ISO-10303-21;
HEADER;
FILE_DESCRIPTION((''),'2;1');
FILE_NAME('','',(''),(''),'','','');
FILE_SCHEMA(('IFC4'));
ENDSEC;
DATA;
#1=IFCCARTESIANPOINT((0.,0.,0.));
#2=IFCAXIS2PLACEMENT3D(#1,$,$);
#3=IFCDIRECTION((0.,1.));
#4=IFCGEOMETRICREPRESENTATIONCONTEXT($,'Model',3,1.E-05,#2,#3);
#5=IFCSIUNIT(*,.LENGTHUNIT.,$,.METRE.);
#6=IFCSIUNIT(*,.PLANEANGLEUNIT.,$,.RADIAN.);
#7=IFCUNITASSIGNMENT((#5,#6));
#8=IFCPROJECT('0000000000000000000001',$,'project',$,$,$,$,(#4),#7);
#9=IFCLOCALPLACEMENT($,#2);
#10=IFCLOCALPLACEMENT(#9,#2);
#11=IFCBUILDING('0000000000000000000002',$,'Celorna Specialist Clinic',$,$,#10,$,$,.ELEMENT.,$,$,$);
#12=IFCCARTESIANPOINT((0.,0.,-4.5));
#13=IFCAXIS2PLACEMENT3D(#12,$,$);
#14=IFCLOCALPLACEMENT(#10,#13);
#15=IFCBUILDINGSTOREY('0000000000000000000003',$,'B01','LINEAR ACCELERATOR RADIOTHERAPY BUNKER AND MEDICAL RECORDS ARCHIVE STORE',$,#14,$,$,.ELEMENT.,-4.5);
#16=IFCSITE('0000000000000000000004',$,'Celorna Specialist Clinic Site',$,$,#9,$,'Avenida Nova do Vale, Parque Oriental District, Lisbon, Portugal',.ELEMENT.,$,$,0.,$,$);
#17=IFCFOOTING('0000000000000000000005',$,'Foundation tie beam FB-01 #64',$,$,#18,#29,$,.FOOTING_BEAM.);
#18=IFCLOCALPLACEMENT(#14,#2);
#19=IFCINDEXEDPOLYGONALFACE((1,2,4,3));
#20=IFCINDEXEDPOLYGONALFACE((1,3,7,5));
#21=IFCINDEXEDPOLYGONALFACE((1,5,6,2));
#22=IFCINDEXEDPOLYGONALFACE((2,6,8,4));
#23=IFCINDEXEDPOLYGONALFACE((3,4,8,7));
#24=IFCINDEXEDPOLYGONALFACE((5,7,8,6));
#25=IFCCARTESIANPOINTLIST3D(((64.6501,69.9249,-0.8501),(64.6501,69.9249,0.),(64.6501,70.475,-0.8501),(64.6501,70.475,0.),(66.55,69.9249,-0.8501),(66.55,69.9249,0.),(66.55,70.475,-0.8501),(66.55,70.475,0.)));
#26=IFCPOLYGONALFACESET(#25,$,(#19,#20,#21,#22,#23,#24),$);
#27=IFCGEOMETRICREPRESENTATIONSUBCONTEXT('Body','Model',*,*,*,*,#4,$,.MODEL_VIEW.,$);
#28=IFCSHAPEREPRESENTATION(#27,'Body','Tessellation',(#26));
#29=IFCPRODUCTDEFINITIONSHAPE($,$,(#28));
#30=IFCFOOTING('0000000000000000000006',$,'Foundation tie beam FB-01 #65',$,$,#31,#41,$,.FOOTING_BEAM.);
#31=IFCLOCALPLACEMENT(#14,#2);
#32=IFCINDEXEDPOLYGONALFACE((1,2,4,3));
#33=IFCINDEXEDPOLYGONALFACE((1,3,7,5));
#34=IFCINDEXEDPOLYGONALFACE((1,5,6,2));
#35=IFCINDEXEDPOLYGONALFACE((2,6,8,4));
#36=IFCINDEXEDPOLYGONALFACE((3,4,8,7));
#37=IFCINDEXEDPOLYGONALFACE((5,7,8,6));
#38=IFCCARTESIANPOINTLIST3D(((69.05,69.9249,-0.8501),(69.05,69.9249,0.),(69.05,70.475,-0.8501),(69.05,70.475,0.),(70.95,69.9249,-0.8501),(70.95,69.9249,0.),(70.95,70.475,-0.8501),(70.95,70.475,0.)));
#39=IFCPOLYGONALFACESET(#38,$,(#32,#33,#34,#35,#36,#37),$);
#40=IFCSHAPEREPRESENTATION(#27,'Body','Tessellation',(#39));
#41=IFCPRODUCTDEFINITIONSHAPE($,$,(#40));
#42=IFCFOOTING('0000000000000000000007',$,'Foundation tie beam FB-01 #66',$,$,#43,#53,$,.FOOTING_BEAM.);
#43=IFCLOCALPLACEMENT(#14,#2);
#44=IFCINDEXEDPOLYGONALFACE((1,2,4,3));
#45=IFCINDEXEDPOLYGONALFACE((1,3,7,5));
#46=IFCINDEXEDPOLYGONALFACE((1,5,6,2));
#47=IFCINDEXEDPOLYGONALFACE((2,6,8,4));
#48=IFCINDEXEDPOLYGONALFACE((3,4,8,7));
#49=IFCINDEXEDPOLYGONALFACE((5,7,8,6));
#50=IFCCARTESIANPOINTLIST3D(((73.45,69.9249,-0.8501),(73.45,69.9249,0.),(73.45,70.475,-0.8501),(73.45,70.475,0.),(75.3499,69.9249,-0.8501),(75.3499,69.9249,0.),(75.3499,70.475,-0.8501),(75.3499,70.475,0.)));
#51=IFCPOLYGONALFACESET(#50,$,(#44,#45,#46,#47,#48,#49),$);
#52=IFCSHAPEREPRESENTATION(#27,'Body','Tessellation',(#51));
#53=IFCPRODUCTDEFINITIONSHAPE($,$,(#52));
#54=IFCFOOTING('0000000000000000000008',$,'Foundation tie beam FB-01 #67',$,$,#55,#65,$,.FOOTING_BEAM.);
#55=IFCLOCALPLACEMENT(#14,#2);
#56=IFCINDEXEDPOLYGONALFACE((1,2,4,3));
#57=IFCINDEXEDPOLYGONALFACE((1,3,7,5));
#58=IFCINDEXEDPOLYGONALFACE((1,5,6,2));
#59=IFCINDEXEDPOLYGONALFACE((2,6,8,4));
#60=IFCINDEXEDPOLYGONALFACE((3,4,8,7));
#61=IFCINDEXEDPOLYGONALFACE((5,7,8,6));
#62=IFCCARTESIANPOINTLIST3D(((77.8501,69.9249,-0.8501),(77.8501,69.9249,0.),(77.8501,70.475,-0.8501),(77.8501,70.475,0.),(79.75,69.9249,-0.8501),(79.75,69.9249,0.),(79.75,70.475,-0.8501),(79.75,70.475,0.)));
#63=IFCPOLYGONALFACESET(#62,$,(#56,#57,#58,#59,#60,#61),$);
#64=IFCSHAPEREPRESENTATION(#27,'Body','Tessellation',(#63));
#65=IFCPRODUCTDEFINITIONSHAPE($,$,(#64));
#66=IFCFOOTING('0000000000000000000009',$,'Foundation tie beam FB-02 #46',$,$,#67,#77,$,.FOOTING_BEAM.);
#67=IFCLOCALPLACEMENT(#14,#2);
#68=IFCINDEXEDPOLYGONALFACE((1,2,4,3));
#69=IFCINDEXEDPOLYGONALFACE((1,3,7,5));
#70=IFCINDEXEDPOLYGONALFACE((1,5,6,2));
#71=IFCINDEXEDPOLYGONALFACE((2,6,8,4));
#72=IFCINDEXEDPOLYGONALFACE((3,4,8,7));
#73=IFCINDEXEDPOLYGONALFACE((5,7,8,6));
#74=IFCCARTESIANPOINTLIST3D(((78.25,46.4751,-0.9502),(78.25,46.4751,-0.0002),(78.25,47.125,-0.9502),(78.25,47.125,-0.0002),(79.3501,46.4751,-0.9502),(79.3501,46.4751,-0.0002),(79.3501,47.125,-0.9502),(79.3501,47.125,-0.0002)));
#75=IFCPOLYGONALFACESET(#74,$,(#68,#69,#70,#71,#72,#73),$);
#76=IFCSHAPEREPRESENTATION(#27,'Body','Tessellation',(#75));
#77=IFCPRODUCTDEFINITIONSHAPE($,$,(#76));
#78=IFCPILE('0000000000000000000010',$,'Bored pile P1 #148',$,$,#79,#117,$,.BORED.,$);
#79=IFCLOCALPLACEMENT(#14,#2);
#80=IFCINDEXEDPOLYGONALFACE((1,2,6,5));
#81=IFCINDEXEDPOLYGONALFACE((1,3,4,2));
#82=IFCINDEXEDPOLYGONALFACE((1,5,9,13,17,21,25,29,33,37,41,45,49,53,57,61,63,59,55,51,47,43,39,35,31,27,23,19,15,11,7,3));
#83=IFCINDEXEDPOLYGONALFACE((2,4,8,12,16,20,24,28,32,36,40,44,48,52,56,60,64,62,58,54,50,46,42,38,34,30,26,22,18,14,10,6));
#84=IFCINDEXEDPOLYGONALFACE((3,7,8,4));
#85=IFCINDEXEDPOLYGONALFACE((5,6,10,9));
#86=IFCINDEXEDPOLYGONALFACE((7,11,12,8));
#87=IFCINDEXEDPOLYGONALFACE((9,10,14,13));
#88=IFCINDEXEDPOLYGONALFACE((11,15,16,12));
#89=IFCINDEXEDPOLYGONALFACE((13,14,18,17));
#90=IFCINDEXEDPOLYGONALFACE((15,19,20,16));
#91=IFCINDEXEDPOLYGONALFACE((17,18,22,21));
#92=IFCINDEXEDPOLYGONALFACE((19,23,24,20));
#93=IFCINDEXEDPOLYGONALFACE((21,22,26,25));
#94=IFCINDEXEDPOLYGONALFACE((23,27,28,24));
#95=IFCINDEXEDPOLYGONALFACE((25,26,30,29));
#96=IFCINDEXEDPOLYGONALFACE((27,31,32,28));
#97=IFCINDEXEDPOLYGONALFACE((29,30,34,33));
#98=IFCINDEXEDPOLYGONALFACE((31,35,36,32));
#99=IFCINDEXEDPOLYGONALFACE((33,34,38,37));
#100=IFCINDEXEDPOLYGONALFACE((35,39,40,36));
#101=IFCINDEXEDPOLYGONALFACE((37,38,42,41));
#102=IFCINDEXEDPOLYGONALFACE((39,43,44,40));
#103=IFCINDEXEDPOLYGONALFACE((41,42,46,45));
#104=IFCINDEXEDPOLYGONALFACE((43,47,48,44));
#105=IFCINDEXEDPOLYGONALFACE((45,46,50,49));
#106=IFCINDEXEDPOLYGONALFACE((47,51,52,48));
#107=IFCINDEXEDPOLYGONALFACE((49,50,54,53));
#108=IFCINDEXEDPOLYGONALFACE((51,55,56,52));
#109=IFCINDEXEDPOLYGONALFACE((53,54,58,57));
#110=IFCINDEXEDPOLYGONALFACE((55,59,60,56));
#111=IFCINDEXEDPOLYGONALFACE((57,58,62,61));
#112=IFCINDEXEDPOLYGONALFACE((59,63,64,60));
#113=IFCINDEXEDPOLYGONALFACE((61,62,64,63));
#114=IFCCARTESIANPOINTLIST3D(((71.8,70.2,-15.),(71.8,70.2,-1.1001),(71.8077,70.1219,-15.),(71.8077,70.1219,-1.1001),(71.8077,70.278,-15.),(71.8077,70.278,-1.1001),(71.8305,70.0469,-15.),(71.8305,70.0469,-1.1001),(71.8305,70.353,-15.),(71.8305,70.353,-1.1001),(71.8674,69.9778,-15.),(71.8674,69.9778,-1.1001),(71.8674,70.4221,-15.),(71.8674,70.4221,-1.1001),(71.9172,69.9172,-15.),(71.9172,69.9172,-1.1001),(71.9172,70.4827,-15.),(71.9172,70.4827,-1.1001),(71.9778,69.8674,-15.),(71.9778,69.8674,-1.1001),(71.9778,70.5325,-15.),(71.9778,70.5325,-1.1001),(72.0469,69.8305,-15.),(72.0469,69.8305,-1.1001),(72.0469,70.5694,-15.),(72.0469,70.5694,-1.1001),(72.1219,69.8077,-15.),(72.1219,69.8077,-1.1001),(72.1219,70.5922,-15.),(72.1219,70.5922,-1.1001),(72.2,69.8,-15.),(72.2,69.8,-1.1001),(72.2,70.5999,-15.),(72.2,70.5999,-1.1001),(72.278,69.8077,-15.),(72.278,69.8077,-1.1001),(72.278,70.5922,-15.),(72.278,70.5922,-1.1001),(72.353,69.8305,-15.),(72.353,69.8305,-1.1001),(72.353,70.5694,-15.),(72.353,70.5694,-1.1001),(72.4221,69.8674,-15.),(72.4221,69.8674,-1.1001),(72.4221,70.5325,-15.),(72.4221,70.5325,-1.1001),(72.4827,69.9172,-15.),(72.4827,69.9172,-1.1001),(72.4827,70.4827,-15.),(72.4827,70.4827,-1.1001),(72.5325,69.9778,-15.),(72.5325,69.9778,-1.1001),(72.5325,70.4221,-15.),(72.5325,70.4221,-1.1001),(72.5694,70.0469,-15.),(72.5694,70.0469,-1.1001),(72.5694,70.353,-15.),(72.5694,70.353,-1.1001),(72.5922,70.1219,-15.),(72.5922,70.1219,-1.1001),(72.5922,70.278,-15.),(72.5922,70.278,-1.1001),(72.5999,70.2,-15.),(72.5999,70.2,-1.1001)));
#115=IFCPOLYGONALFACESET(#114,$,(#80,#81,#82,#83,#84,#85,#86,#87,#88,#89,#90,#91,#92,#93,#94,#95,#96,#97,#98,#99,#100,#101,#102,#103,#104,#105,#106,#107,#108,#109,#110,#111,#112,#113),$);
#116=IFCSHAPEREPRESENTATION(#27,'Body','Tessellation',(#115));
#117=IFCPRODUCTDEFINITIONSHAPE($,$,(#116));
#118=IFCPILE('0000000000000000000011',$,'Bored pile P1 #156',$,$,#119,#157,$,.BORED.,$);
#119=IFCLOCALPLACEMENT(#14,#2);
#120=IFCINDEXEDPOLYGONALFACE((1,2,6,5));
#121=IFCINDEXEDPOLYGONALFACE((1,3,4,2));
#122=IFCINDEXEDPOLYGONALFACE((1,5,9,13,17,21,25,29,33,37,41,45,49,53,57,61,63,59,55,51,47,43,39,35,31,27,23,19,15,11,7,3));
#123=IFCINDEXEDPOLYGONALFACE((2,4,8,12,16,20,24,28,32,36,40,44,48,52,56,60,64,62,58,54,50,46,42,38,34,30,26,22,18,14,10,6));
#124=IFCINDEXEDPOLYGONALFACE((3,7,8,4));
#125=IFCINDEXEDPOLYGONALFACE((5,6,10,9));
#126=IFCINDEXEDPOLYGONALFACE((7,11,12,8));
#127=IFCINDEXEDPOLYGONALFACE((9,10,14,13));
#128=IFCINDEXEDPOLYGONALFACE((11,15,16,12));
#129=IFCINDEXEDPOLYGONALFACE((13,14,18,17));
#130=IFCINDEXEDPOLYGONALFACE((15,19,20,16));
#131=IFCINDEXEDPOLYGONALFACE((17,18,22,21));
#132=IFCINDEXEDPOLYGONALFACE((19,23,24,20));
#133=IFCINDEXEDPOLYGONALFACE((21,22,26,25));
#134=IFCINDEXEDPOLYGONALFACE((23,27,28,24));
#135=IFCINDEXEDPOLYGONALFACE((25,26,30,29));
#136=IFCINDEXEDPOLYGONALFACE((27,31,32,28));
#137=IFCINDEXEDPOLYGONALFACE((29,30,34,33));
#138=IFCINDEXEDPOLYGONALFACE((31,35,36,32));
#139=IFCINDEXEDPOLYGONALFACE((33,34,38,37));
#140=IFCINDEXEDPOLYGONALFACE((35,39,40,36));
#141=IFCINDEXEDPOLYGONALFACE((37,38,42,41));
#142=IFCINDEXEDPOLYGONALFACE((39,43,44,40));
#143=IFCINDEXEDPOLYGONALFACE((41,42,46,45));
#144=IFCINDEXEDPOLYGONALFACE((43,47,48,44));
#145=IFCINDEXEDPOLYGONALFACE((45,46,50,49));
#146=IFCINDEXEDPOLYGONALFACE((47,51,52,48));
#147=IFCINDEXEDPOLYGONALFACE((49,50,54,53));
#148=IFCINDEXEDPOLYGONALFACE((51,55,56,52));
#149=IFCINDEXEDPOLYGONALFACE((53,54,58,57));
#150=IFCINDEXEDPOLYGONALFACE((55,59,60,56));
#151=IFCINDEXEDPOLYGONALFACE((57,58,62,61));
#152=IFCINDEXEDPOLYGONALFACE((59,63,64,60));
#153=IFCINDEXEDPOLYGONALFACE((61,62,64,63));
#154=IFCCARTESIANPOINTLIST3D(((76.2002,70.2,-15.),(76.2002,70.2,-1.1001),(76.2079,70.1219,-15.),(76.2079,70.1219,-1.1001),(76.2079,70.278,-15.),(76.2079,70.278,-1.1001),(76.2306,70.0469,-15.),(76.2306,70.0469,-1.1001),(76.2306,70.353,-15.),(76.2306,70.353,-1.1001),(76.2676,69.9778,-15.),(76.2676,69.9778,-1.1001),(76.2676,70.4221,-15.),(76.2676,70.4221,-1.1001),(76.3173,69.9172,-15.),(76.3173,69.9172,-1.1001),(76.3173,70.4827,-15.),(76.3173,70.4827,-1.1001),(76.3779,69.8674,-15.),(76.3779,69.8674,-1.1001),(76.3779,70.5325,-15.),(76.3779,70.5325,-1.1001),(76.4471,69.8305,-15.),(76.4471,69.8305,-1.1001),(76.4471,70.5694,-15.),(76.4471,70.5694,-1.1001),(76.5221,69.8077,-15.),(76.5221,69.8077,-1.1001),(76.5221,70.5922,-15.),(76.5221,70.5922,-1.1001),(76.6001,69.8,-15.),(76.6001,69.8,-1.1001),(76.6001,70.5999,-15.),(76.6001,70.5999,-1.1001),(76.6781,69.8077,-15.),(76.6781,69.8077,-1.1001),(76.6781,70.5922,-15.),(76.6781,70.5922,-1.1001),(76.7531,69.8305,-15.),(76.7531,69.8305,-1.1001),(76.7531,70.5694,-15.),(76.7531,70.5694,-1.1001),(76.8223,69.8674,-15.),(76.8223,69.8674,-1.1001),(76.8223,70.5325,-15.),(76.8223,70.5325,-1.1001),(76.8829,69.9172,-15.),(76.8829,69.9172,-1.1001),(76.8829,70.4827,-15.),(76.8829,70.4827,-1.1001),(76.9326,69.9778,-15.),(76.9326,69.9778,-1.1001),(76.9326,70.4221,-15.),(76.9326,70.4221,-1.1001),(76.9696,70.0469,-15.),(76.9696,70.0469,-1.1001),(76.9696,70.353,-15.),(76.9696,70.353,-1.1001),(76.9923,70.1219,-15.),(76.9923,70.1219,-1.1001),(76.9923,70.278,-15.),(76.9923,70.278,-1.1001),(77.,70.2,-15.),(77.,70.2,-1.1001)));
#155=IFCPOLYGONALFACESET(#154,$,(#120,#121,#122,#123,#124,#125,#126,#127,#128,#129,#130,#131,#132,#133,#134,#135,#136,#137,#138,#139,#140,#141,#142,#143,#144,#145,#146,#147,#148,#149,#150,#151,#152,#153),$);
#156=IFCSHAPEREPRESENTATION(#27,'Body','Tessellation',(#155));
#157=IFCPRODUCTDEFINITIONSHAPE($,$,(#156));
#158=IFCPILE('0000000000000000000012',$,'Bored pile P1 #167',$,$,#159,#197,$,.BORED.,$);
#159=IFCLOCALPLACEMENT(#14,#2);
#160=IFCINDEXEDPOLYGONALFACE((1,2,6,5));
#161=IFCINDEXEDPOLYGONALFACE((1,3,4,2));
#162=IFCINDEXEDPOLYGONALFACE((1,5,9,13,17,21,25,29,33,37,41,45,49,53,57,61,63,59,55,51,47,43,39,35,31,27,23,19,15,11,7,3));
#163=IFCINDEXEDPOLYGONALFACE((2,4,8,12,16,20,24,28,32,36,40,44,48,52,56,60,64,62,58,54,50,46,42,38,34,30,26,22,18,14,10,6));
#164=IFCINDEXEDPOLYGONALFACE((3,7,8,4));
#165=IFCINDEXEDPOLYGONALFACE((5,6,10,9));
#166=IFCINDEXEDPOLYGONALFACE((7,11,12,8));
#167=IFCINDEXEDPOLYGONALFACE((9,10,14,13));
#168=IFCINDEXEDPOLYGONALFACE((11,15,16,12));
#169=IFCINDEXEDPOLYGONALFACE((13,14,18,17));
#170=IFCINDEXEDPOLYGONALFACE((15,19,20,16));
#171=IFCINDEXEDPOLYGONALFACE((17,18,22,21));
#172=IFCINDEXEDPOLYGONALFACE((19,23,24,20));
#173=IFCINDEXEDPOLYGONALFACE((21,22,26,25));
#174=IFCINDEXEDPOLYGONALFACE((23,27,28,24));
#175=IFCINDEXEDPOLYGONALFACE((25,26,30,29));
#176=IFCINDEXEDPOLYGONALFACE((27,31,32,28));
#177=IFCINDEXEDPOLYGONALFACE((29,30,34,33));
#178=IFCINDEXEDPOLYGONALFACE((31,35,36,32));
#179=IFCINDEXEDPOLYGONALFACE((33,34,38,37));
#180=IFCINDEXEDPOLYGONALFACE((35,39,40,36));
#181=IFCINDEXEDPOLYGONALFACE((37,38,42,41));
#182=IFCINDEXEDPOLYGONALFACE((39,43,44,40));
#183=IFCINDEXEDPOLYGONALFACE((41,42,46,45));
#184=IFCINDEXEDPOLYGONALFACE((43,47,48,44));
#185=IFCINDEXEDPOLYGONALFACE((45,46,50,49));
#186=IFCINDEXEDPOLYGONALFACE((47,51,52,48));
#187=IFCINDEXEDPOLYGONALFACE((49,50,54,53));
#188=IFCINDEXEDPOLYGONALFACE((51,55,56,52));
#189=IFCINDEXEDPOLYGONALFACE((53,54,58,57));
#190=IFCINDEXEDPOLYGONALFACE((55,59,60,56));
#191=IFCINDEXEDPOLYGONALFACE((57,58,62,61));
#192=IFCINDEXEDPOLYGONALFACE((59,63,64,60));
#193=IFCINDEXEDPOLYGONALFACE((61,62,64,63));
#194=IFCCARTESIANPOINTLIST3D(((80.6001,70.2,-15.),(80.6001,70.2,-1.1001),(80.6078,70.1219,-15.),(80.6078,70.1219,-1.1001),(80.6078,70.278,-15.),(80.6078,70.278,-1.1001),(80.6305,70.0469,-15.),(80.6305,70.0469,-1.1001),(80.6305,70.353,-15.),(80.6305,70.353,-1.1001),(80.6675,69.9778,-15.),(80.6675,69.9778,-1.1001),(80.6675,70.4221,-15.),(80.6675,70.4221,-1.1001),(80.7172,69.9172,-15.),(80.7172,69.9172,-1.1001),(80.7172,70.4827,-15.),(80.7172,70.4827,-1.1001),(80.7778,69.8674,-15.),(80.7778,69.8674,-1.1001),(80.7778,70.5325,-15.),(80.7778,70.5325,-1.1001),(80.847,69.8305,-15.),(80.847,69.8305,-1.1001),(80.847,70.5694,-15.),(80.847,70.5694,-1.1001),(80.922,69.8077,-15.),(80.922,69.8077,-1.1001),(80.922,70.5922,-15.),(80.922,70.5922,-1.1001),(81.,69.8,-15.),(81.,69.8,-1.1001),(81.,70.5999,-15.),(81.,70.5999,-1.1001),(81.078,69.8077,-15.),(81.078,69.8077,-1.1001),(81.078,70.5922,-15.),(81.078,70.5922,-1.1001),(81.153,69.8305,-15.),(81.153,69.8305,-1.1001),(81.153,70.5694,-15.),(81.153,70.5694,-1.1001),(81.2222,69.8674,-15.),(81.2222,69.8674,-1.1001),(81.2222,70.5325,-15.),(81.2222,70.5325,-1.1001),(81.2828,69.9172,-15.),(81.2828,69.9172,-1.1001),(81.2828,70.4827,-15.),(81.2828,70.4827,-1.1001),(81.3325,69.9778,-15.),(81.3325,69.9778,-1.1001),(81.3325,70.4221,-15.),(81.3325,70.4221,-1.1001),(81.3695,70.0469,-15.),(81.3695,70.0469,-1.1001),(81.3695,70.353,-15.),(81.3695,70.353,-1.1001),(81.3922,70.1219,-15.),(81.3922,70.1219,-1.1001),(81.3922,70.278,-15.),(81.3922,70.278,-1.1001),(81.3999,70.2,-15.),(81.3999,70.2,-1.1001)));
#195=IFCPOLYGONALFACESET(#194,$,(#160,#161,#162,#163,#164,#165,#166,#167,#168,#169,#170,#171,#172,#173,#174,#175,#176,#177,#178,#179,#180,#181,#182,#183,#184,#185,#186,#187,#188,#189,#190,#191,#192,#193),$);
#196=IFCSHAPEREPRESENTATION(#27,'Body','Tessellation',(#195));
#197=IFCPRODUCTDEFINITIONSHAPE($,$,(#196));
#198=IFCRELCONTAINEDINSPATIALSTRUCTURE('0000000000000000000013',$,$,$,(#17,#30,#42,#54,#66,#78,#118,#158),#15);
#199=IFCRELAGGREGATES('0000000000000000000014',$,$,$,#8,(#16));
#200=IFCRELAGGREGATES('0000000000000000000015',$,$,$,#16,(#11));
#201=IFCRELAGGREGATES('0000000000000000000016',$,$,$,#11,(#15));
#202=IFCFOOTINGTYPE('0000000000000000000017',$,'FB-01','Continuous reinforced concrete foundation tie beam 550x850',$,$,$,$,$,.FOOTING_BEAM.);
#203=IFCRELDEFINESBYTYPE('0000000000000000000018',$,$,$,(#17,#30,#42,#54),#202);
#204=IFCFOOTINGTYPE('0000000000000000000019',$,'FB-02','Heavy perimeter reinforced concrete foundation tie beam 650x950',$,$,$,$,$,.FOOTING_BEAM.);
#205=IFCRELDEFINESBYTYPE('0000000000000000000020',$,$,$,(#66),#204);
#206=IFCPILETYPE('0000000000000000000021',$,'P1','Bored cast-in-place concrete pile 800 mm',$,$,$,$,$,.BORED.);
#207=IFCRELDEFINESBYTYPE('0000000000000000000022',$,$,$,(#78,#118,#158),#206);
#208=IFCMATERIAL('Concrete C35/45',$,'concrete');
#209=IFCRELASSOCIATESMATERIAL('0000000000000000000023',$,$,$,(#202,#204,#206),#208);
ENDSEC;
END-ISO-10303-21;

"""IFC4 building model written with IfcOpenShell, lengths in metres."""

from ifc_helpers import new_model, si_unit, direction, frame, origin, origin_2d, place, context, subcontext, project, spatial, rectangle, circle, extrude, material, material_profile, profile_set, type_object, element, save


model = new_model("IFC4")

# Units and contexts
model_context = context("Model", 3, precision=1e-05, world=origin(), true_north=direction((0.0, 1.0)))
body_context = subcontext(model_context, "Body", "Model", "MODEL_VIEW")
ifc_project = project(units=[si_unit("LENGTHUNIT", "METRE"), si_unit("PLANEANGLEUNIT", "RADIAN")], contexts=[model_context])

# Site, building, storey
site_placement = place(None, origin())
site = spatial("IfcSite", under=ifc_project, at=site_placement, Name="Celorna Specialist Clinic Site", LongName="Avenida Nova do Vale, Parque Oriental District, Lisbon, Portugal", CompositionType="ELEMENT", RefElevation=0.0)
building_placement = place(site_placement, origin())
building = spatial("IfcBuilding", under=site, at=building_placement, Name="Celorna Specialist Clinic", CompositionType="ELEMENT")
storey_placement = place(building_placement, frame((0.0, 0.0, -4.5)))
storey = spatial("IfcBuildingStorey", under=building, at=storey_placement, Name="B01", Description="LINEAR ACCELERATOR RADIOTHERAPY BUNKER AND MEDICAL RECORDS ARCHIVE STORE", CompositionType="ELEMENT", Elevation=-4.5)

# Footings
ifc_material_1 = material(Name="Concrete C35/45", Category="concrete")
footing_type_1 = type_object("IfcFootingType", Name="FB-01", Description="Continuous reinforced concrete foundation tie beam 550x850", PredefinedType="FOOTING_BEAM", material=ifc_material_1)
for number, where, z_axis, x_axis, name in (
    (1, (65.6001, 70.2, -0.8501), (0.0, 0.0, 1.0), (1.0, 0.0, 0.0), "Foundation tie beam FB-01 #64"),
    (2, (70.0, 70.2, -0.8501), (0.0, 0.0, 1.0), (1.0, 0.0, 0.0), "Foundation tie beam FB-01 #65"),
    (3, (74.3999, 70.2, -0.8501), (0.0, 0.0, 1.0), (1.0, 0.0, 0.0), "Foundation tie beam FB-01 #66"),
    (4, (78.8, 70.2, -0.8501), (0.0, 0.0, 1.0), (1.0, 0.0, 0.0), "Foundation tie beam FB-01 #67"),
):
    element("IfcFooting", number, at=place(storey_placement, frame(where, z_axis=z_axis, x_axis=x_axis)), inside=storey, type_object=footing_type_1, Name=name, PredefinedType="FOOTING_BEAM", context=body_context, shape_type="SweptSolid", body=[
        extrude(rectangle(XDim=1.8999, YDim=0.55, at=origin_2d()), origin(), (0.0, 0.0, 1.0), 0.8501),
    ])
footing_type_2 = type_object("IfcFootingType", Name="FB-02", Description="Heavy perimeter reinforced concrete foundation tie beam 650x950", PredefinedType="FOOTING_BEAM", material=ifc_material_1)
footing_1_placement = place(storey_placement, frame((78.8, 46.8, -0.9502), z_axis=(0.0, 0.0, 1.0), x_axis=(1.0, 0.0, 0.0)))
element("IfcFooting", 5, at=footing_1_placement, inside=storey, type_object=footing_type_2, Name="Foundation tie beam FB-02 #46", PredefinedType="FOOTING_BEAM", context=body_context, shape_type="SweptSolid", body=[
    extrude(rectangle(XDim=1.1001, YDim=0.6499, at=origin_2d()), origin(), (0.0, 0.0, 1.0), 0.95),
])

# Piles
ifc_material_profile_1 = material_profile(ifc_material_1, circle(Radius=0.3999, at=origin_2d()), Name="BORED PILE 800")
ifc_profile_set_1 = profile_set([ifc_material_profile_1], Name="Concrete C35/45")
pile_type_1 = type_object("IfcPileType", Name="P1", Description="Bored cast-in-place concrete pile 800 mm", PredefinedType="BORED", material=ifc_profile_set_1)
for number, where, z_axis, x_axis, name in (
    (6, (72.2, 70.2, -1.1001), (0.0, 0.0, -1.0), (1.0, 0.0, 0.0), "Bored pile P1 #148"),
    (7, (76.6001, 70.2, -1.1001), (0.0, 0.0, -1.0), (1.0, 0.0, 0.0), "Bored pile P1 #156"),
    (8, (81.0, 70.2, -1.1001), (0.0, 0.0, -1.0), (1.0, 0.0, 0.0), "Bored pile P1 #167"),
):
    element("IfcPile", number, at=place(storey_placement, frame(where, z_axis=z_axis, x_axis=x_axis)), inside=storey, type_object=pile_type_1, Name=name, PredefinedType="BORED", context=body_context, shape_type="SweptSolid", body=[
        extrude(circle(Radius=0.3999, at=origin_2d()), origin(), (0.0, 0.0, 1.0), 13.8999),
    ])

save(model, "model.ifc")
